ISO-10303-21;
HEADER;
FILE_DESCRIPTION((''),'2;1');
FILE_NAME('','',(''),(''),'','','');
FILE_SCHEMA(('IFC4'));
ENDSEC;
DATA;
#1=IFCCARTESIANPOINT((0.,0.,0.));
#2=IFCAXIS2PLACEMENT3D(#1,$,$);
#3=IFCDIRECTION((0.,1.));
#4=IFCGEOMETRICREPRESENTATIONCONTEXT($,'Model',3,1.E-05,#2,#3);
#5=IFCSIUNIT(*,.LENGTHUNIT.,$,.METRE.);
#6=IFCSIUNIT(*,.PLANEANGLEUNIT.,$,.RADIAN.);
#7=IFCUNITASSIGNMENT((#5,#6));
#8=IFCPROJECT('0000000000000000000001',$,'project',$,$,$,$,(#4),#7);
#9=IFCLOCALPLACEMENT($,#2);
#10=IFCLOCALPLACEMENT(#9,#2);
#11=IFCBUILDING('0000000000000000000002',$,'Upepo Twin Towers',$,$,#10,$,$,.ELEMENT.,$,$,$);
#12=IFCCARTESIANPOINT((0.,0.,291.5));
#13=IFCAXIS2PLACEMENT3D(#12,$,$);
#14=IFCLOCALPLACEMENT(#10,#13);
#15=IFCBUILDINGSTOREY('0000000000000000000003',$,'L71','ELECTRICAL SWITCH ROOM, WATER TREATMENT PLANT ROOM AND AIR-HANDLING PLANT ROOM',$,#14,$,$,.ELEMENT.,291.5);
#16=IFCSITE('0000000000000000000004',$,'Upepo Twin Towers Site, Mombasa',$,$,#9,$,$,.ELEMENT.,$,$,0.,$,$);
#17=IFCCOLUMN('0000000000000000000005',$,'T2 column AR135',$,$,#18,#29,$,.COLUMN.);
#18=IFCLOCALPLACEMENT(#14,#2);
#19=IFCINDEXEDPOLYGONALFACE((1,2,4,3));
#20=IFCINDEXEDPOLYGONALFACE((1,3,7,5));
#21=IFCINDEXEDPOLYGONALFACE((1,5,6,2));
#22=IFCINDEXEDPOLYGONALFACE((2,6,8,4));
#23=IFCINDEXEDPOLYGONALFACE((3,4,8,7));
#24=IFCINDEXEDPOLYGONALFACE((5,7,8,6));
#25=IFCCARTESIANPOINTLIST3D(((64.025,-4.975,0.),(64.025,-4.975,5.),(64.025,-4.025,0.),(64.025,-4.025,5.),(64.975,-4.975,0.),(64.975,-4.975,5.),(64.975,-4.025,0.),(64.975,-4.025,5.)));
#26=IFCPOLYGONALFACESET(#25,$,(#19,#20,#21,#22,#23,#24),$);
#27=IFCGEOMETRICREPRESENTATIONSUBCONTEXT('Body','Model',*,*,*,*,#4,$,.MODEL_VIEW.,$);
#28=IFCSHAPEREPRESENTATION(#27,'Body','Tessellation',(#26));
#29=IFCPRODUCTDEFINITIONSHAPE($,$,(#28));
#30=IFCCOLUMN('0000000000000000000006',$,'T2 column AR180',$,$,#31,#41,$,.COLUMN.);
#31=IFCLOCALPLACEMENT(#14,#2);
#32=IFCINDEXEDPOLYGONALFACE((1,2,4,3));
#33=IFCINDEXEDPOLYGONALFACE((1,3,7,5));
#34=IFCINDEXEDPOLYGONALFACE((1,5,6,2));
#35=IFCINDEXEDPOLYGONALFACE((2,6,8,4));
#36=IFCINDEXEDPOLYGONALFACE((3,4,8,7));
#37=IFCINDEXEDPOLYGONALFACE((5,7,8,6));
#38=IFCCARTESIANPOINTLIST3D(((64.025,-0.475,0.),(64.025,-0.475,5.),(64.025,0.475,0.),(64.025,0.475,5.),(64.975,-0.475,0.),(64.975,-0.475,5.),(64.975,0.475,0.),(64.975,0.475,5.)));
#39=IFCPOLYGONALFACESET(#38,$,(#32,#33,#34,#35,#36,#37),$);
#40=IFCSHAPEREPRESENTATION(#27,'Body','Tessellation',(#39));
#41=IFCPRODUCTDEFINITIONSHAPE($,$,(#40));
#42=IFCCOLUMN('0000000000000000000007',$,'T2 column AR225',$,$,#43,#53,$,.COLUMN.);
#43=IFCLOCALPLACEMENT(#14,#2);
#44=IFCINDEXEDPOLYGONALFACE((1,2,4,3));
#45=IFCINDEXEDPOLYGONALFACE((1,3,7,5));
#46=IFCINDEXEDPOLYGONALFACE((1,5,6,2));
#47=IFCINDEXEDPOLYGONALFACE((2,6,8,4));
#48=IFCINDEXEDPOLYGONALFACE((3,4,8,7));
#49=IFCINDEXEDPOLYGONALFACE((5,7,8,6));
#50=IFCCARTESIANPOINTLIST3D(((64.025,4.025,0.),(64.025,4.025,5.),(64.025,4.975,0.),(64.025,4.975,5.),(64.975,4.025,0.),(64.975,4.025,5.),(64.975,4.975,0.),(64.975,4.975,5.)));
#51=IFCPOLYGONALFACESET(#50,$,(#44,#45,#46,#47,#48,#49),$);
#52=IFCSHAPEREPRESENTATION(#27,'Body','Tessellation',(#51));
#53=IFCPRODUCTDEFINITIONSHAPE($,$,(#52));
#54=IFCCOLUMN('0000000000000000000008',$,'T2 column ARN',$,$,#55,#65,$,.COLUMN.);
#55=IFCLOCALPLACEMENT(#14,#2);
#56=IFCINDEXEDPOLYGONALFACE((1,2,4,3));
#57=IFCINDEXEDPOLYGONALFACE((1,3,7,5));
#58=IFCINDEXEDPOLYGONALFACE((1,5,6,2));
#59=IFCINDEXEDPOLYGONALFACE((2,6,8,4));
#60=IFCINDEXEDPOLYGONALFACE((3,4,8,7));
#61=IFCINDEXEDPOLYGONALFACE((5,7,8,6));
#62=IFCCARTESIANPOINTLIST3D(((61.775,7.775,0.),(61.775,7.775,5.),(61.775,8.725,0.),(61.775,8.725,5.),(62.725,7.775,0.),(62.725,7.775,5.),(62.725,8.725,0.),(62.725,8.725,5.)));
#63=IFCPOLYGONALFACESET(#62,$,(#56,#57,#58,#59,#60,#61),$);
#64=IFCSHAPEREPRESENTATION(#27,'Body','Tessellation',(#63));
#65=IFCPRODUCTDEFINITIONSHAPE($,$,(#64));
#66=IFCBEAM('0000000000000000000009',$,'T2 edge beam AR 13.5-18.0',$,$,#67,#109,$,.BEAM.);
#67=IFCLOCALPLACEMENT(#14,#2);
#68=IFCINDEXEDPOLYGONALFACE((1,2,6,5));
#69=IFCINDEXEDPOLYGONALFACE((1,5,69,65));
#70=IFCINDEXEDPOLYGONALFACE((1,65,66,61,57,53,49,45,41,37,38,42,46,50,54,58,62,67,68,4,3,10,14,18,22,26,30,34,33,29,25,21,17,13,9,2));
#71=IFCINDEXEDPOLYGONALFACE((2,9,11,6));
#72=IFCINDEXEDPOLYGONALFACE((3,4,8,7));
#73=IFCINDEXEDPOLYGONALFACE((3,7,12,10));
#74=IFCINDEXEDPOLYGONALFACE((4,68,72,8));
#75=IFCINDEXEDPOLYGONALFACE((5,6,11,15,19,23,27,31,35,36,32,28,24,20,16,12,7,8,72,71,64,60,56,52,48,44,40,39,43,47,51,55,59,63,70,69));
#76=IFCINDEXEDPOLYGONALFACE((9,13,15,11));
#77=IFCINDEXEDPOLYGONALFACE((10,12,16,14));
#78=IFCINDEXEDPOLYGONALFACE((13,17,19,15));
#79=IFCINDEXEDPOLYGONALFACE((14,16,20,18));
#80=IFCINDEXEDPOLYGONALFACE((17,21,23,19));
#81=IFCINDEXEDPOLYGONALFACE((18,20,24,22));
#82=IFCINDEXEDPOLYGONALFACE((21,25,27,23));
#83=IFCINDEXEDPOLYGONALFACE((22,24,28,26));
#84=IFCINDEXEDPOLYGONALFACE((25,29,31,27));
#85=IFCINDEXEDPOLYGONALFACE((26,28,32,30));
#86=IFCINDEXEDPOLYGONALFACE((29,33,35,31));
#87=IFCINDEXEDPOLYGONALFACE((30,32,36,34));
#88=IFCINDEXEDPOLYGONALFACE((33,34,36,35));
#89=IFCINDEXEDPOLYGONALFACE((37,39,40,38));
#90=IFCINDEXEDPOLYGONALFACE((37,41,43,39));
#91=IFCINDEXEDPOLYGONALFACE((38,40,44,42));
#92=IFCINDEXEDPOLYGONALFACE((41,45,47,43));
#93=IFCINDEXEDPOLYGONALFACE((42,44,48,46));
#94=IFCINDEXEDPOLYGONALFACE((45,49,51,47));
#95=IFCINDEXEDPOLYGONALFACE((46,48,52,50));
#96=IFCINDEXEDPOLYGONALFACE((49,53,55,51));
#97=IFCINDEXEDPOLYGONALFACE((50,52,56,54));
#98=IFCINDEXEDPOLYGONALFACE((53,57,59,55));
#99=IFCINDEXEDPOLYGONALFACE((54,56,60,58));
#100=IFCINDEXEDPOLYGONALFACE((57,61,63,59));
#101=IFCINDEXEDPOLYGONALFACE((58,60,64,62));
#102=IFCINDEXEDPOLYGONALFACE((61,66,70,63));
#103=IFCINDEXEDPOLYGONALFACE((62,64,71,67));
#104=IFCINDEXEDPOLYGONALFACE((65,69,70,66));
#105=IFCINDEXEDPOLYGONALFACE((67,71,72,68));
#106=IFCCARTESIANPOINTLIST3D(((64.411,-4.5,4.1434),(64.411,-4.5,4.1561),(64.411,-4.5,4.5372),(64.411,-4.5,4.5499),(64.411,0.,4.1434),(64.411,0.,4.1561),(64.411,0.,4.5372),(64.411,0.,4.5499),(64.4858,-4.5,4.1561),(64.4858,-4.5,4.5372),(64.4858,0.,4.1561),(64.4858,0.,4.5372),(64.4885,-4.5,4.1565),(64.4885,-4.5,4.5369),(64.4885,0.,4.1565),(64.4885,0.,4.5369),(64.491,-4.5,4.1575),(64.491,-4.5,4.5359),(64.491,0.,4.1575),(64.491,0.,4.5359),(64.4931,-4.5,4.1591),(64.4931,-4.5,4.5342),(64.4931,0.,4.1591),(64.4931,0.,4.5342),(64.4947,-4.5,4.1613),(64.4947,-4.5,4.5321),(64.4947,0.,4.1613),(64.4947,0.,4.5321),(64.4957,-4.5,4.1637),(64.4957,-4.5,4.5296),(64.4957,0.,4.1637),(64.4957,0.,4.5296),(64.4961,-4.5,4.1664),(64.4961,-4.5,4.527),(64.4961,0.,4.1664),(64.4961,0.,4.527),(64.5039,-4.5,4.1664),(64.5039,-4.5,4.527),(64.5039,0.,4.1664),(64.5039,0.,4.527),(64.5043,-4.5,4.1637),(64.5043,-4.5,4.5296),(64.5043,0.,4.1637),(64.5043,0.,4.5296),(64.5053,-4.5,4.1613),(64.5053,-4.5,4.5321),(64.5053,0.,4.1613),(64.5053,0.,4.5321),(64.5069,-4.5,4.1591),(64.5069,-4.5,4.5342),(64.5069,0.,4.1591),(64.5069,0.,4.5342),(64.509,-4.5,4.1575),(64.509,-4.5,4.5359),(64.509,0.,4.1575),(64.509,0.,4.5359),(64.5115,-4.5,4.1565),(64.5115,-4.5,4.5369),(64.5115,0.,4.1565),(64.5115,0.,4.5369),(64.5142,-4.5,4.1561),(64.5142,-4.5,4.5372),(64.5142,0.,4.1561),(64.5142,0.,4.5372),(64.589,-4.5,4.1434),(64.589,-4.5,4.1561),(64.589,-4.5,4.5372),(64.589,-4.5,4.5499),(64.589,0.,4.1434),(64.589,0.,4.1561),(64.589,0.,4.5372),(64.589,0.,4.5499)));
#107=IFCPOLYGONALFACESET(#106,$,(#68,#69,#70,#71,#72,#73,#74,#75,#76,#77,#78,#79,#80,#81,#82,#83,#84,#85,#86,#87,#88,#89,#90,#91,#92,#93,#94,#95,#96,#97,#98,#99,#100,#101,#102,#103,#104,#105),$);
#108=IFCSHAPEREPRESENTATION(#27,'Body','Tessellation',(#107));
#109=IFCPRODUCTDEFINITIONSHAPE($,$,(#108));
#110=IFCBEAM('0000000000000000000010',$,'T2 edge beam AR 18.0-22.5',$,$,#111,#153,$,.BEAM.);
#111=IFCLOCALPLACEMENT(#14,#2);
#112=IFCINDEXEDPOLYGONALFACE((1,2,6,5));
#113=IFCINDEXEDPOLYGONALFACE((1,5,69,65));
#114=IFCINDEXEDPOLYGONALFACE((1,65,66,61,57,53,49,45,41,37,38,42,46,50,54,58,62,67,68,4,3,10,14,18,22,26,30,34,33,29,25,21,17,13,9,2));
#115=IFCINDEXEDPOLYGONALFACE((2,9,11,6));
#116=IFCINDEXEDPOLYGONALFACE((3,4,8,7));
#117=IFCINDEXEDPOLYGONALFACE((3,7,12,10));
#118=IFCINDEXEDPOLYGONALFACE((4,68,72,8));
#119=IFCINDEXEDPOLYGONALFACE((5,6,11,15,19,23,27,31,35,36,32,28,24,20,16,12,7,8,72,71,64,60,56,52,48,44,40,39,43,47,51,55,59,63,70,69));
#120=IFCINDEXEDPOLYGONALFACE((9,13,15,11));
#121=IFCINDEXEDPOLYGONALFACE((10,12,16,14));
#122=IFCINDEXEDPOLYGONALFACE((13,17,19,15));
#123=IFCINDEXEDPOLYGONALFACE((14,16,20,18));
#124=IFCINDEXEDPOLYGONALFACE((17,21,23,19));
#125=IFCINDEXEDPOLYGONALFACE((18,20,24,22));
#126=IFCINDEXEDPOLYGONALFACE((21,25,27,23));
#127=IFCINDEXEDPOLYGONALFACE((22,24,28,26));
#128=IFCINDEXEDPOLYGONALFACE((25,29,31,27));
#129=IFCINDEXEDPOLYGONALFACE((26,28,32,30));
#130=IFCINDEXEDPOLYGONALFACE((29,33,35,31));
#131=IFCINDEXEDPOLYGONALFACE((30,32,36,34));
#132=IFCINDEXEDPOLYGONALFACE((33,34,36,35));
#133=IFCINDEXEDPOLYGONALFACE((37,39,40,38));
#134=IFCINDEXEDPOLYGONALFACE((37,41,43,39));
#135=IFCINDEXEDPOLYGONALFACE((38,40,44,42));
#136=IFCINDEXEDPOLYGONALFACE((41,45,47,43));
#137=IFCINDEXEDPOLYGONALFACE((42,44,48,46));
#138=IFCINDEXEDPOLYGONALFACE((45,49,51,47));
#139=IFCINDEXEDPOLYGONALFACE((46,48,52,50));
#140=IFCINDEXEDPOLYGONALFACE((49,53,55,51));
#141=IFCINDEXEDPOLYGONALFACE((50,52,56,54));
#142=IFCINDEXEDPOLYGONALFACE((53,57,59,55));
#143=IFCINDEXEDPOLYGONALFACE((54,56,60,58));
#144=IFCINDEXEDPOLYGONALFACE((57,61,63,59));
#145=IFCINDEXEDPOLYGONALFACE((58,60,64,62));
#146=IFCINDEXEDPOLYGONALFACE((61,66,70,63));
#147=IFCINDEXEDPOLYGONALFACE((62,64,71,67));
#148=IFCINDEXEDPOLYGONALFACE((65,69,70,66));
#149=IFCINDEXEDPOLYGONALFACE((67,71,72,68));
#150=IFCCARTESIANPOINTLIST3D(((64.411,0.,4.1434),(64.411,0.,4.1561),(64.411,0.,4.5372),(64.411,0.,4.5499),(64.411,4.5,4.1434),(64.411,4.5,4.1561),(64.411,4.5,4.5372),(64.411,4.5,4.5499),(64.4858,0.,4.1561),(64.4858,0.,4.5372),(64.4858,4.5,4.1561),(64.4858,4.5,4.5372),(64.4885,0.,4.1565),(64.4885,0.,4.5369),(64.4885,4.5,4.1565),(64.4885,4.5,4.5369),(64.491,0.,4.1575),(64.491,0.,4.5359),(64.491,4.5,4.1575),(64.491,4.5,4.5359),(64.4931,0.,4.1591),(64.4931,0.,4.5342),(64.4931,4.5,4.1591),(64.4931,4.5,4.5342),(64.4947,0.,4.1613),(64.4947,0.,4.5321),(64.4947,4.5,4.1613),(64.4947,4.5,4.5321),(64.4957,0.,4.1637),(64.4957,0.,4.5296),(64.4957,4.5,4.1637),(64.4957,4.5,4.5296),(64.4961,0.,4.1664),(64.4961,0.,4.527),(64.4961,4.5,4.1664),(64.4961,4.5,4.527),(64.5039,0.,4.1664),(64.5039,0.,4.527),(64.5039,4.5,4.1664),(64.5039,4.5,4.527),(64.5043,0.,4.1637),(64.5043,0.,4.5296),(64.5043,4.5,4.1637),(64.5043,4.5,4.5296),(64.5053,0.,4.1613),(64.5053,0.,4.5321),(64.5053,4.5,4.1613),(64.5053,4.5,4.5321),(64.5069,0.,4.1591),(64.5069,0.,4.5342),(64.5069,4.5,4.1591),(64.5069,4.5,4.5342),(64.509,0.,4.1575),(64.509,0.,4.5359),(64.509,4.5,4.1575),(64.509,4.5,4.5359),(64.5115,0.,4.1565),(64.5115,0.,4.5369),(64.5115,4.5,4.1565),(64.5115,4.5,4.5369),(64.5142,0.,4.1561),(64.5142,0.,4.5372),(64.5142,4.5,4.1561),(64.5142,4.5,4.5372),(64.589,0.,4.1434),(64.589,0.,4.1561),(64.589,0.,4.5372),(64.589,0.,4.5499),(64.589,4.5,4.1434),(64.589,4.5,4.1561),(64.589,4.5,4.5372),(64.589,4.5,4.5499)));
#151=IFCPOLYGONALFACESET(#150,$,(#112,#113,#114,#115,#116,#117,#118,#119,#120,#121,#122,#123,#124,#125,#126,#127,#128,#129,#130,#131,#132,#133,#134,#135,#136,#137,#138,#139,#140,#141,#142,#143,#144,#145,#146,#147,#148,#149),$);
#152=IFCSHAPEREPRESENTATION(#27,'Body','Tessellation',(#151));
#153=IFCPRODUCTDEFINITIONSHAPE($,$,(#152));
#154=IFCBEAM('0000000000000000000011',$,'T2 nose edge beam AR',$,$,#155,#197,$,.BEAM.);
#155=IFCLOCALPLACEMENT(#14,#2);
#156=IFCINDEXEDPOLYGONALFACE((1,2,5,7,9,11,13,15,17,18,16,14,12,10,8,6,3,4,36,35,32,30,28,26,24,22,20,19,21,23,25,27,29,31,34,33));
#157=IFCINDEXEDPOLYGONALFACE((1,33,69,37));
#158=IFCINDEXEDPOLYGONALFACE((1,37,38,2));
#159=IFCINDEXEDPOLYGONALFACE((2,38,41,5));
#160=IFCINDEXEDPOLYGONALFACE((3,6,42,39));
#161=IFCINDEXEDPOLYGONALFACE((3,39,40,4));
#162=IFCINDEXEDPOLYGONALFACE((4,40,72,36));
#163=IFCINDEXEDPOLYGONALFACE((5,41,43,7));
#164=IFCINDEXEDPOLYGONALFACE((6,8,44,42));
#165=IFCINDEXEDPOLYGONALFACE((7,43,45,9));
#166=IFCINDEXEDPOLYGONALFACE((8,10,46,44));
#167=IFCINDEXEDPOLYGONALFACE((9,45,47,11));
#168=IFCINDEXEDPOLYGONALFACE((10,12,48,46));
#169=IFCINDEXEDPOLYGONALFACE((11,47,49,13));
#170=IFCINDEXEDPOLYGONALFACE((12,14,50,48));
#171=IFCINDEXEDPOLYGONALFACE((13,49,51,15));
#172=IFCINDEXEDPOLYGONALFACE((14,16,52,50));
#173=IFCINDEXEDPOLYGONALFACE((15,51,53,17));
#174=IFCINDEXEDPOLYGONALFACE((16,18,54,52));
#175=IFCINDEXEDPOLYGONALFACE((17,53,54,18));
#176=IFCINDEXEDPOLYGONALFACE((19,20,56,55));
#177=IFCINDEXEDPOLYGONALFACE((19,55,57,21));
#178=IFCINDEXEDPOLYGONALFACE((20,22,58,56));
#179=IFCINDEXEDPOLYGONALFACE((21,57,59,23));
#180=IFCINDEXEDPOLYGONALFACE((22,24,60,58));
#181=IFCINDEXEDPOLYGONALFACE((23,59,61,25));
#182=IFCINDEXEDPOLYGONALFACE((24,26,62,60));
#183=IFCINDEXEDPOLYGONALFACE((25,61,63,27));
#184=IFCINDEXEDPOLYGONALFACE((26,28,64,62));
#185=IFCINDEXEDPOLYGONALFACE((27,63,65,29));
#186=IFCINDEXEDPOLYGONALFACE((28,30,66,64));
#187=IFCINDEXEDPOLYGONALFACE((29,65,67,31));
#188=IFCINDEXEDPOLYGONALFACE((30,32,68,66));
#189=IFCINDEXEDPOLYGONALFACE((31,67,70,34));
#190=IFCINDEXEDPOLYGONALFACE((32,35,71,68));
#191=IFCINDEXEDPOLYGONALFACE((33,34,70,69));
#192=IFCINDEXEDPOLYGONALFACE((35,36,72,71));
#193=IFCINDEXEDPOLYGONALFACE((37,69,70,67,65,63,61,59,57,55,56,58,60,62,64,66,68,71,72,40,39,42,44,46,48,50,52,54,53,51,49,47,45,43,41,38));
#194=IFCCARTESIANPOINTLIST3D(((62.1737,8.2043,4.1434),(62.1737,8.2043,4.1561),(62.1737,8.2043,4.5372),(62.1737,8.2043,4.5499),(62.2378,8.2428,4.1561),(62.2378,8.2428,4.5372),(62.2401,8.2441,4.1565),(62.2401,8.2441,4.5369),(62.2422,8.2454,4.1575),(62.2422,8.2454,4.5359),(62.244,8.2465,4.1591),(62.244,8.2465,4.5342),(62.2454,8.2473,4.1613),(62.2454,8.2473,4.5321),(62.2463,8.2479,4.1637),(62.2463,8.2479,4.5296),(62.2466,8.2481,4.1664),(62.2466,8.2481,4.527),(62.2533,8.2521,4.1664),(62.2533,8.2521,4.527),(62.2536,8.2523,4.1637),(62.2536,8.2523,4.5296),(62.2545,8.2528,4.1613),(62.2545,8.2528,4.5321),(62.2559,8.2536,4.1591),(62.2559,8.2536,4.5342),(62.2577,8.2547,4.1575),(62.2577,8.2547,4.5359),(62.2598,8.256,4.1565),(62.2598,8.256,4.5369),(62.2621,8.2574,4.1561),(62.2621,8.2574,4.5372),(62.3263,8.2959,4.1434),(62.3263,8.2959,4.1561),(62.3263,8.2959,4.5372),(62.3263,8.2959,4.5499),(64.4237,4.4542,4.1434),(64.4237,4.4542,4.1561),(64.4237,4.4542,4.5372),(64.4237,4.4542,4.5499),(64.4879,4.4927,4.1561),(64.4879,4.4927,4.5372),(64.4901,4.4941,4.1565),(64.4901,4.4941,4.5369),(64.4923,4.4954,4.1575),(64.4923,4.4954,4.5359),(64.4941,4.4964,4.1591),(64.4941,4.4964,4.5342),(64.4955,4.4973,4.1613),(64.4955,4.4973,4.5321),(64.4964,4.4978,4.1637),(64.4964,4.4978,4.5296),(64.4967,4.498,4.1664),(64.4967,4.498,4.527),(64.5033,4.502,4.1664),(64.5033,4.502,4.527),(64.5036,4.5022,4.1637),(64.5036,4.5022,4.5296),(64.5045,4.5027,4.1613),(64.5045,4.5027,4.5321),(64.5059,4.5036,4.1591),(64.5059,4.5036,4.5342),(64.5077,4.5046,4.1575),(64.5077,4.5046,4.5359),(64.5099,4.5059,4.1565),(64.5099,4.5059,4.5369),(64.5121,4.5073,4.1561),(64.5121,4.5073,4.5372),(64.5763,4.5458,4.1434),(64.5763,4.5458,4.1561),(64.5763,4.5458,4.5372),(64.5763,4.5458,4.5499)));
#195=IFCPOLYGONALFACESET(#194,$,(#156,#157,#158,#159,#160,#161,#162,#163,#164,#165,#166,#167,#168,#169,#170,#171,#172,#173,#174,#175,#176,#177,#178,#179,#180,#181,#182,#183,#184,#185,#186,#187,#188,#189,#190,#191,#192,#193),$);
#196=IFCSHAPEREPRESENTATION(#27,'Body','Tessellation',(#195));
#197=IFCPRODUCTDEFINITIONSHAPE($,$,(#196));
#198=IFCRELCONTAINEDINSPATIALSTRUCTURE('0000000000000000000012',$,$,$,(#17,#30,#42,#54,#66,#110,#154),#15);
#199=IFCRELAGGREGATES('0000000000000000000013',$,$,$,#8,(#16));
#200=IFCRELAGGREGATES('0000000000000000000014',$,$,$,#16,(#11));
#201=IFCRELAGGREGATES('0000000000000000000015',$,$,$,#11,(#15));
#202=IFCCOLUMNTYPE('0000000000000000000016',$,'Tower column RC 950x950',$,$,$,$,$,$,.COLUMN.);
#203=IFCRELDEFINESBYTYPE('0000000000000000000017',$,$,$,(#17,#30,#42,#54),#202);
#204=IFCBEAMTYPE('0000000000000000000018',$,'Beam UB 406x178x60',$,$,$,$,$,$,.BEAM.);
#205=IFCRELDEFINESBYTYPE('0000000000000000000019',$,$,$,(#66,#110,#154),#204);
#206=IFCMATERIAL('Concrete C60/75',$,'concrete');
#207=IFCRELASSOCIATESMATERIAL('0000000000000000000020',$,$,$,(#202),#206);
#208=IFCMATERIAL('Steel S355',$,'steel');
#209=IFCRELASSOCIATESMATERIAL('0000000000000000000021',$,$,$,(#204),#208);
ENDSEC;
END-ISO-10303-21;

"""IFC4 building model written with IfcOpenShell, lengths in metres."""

from ifc_helpers import new_model, si_unit, direction, frame, origin, origin_2d, place, context, subcontext, project, spatial, rectangle, i_section, extrude, material, material_profile, profile_set, type_object, element, save


model = new_model("IFC4")

# Units and contexts
model_context = context("Model", 3, precision=1e-05, world=origin(), true_north=direction((0.0, 1.0)))
body_context = subcontext(model_context, "Body", "Model", "MODEL_VIEW")
ifc_project = project(units=[si_unit("LENGTHUNIT", "METRE"), si_unit("PLANEANGLEUNIT", "RADIAN")], contexts=[model_context])

# Site, building, storey
site_placement = place(None, origin())
site = spatial("IfcSite", under=ifc_project, at=site_placement, Name="Upepo Twin Towers Site, Mombasa", CompositionType="ELEMENT", RefElevation=0.0)
building_placement = place(site_placement, origin())
building = spatial("IfcBuilding", under=site, at=building_placement, Name="Upepo Twin Towers", CompositionType="ELEMENT")
storey_placement = place(building_placement, frame((0.0, 0.0, 291.5)))
storey = spatial("IfcBuildingStorey", under=building, at=storey_placement, Name="L71", Description="ELECTRICAL SWITCH ROOM, WATER TREATMENT PLANT ROOM AND AIR-HANDLING PLANT ROOM", CompositionType="ELEMENT", Elevation=291.5)

# Columns
ifc_material_1 = material(Name="Concrete C60/75", Category="concrete")
ifc_material_profile_1 = material_profile(ifc_material_1, rectangle(XDim=0.95, YDim=0.95, at=origin_2d()), Name="RC 950x950")
ifc_profile_set_1 = profile_set([ifc_material_profile_1], Name="Concrete C60/75")
column_type = type_object("IfcColumnType", Name="Tower column RC 950x950", PredefinedType="COLUMN", material=ifc_profile_set_1)
for number, where, z_axis, x_axis, name in (
    (1, (64.5, -4.5, 0.0), (0.0, 0.0, 1.0), (1.0, 0.0, 0.0), "T2 column AR135"),
    (2, (64.5, 0.0, 0.0), (0.0, 0.0, 1.0), (1.0, 0.0, 0.0), "T2 column AR180"),
    (3, (64.5, 4.5, 0.0), (0.0, 0.0, 1.0), (1.0, 0.0, 0.0), "T2 column AR225"),
    (4, (62.25, 8.25, 0.0), (0.0, 0.0, 1.0), (1.0, 0.0, 0.0), "T2 column ARN"),
):
    element("IfcColumn", number, at=place(storey_placement, frame(where, z_axis=z_axis, x_axis=x_axis)), inside=storey, type_object=column_type, Name=name, PredefinedType="COLUMN", context=body_context, shape_type="SweptSolid", body=[
        extrude(rectangle(XDim=0.95, YDim=0.95, at=origin_2d()), origin(), (0.0, 0.0, 1.0), 5.0),
    ])

# Beams
ifc_material_2 = material(Name="Steel S355", Category="steel")
ifc_material_profile_2 = material_profile(ifc_material_2, i_section(OverallWidth=0.178, OverallDepth=0.4065, WebThickness=0.0078, FlangeThickness=0.0127, FilletRadius=0.0103, at=origin_2d()), Name="UB 406x178x60")
ifc_profile_set_2 = profile_set([ifc_material_profile_2], Name="Steel S355")
beam_type_1 = type_object("IfcBeamType", Name="Beam UB 406x178x60", PredefinedType="BEAM", material=ifc_profile_set_2)
for number, where, z_axis, x_axis, name in (
    (5, (64.5, -4.5, 4.3467), (0.0, 1.0, 0.0), (-1.0, 0.0, 0.0), "T2 edge beam AR 13.5-18.0"),
    (6, (64.5, 0.0, 4.3467), (0.0, 1.0, 0.0), (-1.0, 0.0, 0.0), "T2 edge beam AR 18.0-22.5"),
):
    element("IfcBeam", number, at=place(storey_placement, frame(where, z_axis=z_axis, x_axis=x_axis)), inside=storey, type_object=beam_type_1, Name=name, PredefinedType="BEAM", context=body_context, shape_type="SweptSolid", body=[
        extrude(i_section(OverallWidth=0.178, OverallDepth=0.4065, WebThickness=0.0078, FlangeThickness=0.0127, FilletRadius=0.0103, at=origin_2d()), origin(), (0.0, 0.0, 1.0), 4.5),
    ])
beam_1_placement = place(storey_placement, frame((64.5, 4.5, 4.3467), z_axis=(-0.514496, 0.857493, 0.0), x_axis=(-0.857493, -0.514496, 0.0)))
element("IfcBeam", 7, at=beam_1_placement, inside=storey, type_object=beam_type_1, Name="T2 nose edge beam AR", PredefinedType="BEAM", context=body_context, shape_type="SweptSolid", body=[
    extrude(i_section(OverallWidth=0.178, OverallDepth=0.4065, WebThickness=0.0078, FlangeThickness=0.0127, FilletRadius=0.0103, at=origin_2d()), origin(), (0.0, 0.0, 1.0), 4.3733),
])

save(model, "model.ifc")
